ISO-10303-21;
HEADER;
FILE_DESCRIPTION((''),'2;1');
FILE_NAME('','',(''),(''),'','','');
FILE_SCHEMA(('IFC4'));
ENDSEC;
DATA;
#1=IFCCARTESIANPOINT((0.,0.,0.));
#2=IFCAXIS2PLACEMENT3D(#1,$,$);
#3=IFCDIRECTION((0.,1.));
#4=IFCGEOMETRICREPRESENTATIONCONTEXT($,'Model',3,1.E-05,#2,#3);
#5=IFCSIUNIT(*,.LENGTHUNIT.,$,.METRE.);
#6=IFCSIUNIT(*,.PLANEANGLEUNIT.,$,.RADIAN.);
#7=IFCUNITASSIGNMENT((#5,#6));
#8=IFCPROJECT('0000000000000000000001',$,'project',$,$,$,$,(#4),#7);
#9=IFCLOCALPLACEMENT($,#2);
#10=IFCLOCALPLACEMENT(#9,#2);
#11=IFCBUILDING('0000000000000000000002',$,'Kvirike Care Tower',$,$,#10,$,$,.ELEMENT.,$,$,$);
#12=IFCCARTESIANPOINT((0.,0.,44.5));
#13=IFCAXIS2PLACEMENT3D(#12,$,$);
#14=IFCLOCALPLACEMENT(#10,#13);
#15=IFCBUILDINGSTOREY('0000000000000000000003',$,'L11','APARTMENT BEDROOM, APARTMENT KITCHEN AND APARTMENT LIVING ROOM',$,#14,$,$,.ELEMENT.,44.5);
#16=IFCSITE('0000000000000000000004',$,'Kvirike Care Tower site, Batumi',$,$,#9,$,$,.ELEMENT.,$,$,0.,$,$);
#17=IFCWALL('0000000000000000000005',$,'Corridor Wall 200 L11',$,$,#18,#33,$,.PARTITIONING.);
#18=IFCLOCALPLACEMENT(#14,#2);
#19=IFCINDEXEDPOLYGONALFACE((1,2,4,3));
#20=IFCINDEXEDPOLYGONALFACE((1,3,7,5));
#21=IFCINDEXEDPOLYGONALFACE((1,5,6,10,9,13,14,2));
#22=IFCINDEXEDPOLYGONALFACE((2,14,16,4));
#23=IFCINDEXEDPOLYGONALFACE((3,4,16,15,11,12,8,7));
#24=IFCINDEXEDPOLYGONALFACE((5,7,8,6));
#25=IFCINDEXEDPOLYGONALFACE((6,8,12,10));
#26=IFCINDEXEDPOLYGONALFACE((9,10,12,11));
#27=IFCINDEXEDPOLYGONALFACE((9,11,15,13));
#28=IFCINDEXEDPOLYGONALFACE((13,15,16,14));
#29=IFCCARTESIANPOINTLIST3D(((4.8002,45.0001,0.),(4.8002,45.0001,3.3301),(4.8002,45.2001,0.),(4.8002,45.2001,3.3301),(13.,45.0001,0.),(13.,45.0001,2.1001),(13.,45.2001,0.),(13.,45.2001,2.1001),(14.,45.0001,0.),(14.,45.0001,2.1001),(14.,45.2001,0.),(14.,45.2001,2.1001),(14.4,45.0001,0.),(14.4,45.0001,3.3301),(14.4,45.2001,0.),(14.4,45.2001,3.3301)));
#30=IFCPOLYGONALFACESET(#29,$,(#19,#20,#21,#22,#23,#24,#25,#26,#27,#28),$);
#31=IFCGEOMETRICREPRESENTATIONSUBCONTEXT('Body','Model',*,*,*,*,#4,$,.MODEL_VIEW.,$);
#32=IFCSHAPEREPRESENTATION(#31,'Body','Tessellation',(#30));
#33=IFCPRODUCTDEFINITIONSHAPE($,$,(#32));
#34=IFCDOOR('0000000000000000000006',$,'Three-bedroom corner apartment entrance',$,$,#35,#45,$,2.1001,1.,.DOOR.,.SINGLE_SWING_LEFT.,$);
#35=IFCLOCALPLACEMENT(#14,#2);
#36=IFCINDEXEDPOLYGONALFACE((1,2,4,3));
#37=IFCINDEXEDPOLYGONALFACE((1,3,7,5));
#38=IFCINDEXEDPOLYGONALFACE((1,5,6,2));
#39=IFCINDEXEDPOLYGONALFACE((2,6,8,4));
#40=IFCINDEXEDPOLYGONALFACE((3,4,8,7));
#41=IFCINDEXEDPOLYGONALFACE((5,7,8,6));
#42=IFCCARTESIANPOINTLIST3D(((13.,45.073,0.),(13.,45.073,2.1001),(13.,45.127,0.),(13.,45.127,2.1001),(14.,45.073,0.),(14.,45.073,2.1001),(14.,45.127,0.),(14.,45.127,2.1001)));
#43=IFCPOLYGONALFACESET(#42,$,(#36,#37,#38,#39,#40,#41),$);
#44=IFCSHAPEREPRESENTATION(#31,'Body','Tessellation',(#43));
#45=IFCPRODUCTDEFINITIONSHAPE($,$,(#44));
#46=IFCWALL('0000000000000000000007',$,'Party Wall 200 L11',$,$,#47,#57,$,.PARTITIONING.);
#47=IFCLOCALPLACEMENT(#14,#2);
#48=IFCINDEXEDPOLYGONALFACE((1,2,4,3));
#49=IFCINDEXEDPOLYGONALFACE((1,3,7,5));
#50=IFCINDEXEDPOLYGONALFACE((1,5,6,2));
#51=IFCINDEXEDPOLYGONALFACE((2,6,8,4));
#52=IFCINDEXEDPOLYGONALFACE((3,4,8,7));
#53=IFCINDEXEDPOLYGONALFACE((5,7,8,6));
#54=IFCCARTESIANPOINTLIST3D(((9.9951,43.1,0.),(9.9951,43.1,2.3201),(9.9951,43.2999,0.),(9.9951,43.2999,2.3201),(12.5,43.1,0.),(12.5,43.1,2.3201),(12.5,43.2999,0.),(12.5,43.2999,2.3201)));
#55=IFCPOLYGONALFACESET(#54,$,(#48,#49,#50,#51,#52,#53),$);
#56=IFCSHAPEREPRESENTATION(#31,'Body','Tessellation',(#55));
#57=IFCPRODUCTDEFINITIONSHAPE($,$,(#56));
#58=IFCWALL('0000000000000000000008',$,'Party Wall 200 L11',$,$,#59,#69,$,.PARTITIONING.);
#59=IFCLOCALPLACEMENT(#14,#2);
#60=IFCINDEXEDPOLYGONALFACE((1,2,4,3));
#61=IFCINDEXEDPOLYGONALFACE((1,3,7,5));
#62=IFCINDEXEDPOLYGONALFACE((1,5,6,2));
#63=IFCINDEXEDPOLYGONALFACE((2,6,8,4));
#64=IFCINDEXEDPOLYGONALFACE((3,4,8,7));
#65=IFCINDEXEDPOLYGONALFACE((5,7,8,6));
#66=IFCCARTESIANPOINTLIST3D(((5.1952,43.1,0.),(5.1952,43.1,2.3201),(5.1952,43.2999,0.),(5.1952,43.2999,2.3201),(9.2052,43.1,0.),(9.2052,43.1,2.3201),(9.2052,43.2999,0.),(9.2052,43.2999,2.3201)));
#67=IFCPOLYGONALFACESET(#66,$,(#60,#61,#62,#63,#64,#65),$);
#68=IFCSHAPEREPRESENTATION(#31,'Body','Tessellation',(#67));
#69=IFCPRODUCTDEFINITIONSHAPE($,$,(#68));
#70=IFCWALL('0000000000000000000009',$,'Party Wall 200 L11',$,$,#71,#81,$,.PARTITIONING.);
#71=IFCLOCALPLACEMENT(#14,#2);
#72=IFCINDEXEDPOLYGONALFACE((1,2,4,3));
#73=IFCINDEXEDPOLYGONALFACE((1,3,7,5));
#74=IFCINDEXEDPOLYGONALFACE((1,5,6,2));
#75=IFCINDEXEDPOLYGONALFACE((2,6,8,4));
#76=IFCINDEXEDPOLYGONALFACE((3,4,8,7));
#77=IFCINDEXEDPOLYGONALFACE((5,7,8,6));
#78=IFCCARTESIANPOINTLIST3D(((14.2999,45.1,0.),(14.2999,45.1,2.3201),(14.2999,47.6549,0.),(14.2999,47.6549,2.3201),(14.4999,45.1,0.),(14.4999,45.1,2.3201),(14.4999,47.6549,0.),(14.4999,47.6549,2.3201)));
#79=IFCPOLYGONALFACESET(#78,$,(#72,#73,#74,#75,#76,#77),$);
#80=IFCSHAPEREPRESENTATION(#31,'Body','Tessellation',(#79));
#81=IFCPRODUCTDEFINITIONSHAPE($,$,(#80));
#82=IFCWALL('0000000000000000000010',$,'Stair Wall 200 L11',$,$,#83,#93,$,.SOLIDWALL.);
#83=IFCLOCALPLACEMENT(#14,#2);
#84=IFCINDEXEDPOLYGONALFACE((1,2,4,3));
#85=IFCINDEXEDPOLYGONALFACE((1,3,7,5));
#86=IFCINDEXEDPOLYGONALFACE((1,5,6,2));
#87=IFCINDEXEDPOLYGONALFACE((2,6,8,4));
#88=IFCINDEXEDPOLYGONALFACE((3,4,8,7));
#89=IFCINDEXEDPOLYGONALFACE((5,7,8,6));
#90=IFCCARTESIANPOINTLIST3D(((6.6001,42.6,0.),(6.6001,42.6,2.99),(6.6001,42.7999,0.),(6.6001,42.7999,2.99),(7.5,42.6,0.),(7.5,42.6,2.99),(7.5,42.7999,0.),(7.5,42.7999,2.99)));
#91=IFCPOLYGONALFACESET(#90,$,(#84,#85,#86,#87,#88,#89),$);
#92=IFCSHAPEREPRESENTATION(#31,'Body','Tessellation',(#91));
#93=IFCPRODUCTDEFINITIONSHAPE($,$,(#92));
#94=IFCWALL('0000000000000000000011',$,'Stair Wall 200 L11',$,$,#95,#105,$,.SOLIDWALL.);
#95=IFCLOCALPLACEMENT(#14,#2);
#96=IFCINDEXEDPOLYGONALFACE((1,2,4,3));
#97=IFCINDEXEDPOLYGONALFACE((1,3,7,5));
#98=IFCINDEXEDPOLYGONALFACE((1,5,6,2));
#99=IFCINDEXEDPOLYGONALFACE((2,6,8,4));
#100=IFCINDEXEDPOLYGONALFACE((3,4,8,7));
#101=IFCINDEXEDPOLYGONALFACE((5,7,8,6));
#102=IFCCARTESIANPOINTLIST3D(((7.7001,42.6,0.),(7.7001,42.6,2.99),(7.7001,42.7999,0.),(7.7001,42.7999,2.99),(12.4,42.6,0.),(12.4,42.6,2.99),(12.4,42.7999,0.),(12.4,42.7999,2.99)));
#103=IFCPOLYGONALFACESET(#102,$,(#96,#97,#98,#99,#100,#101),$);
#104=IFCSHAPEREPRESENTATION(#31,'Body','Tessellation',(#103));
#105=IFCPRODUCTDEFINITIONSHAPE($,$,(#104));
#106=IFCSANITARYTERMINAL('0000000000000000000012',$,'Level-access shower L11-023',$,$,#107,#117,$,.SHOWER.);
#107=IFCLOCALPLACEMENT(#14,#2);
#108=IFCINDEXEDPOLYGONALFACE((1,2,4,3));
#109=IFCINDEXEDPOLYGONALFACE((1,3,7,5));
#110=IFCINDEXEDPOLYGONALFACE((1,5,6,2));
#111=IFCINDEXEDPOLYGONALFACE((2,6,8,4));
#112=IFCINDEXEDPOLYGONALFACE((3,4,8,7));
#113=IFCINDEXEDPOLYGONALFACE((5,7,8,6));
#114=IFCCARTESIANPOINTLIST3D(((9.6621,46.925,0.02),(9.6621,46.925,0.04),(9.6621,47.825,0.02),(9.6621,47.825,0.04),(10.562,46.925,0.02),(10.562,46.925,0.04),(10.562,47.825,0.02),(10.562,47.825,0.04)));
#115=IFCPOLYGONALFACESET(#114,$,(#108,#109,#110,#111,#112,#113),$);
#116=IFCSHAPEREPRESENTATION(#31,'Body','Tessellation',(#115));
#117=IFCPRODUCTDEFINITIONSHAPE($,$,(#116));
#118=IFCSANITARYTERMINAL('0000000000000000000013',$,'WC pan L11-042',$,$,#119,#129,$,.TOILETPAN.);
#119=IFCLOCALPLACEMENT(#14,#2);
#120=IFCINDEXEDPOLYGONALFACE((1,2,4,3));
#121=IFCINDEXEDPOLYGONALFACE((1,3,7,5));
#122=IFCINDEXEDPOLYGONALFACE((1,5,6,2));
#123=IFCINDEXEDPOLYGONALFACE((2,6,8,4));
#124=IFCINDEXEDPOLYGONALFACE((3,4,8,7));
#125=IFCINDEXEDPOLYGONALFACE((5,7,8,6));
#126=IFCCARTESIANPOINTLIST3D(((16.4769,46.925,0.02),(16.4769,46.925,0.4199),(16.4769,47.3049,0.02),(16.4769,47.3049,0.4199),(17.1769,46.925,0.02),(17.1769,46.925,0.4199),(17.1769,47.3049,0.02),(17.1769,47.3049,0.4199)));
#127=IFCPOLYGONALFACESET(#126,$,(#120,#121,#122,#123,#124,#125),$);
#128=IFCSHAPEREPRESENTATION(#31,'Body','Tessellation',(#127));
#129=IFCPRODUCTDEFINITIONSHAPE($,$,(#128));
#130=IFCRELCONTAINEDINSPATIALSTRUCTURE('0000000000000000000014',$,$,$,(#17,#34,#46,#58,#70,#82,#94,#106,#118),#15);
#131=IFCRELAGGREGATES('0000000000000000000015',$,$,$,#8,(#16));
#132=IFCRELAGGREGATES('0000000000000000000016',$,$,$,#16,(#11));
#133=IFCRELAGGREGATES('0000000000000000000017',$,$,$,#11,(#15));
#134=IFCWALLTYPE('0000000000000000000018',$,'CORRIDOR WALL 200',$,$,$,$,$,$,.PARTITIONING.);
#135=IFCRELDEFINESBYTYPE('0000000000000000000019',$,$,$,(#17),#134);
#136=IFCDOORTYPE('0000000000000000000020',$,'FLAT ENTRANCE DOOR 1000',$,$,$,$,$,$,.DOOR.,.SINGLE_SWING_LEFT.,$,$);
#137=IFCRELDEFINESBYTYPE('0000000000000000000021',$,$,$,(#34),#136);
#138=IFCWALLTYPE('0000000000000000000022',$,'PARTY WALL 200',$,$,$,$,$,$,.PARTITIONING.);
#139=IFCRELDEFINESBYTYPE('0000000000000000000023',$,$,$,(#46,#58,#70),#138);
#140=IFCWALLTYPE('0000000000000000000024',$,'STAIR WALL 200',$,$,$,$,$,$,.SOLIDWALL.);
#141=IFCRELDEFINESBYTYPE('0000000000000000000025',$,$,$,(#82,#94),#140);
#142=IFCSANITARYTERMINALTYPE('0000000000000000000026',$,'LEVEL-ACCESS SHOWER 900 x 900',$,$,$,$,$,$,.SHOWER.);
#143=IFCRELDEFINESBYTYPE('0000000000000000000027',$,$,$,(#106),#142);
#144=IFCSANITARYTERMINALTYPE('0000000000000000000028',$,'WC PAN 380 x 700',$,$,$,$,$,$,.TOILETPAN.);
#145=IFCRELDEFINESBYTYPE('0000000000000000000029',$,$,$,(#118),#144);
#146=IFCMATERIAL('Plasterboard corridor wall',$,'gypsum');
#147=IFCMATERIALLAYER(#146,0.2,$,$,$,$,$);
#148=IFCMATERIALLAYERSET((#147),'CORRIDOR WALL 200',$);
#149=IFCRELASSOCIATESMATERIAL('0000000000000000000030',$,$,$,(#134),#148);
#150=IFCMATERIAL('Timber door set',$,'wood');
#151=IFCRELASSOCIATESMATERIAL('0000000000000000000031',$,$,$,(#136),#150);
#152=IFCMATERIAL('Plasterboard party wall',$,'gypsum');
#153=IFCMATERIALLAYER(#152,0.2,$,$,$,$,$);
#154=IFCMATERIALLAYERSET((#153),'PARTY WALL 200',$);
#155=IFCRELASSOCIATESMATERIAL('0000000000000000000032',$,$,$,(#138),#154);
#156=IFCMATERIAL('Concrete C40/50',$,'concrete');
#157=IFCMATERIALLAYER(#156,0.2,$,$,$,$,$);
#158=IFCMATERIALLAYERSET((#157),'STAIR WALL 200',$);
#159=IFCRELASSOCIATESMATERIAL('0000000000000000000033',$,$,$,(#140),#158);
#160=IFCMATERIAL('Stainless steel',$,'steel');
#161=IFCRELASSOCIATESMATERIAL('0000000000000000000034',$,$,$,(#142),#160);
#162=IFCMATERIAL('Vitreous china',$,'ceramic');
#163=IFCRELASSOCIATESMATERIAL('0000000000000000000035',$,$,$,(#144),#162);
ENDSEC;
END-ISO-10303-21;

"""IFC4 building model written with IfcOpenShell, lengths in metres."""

from ifc_helpers import new_model, si_unit, direction, frame, frame_2d, origin, origin_2d, place, context, subcontext, project, spatial, rectangle, extrude, material, layer, layer_set, type_object, element, fill, save


model = new_model("IFC4")

# Units and contexts
model_context = context("Model", 3, precision=1e-05, world=origin(), true_north=direction((0.0, 1.0)))
body_context = subcontext(model_context, "Body", "Model", "MODEL_VIEW")
ifc_project = project(units=[si_unit("LENGTHUNIT", "METRE"), si_unit("PLANEANGLEUNIT", "RADIAN")], contexts=[model_context])

# Site, building, storey
site_placement = place(None, origin())
site = spatial("IfcSite", under=ifc_project, at=site_placement, Name="Kvirike Care Tower site, Batumi", CompositionType="ELEMENT", RefElevation=0.0)
building_placement = place(site_placement, origin())
building = spatial("IfcBuilding", under=site, at=building_placement, Name="Kvirike Care Tower", CompositionType="ELEMENT")
storey_placement = place(building_placement, frame((0.0, 0.0, 44.5)))
storey = spatial("IfcBuildingStorey", under=building, at=storey_placement, Name="L11", Description="APARTMENT BEDROOM, APARTMENT KITCHEN AND APARTMENT LIVING ROOM", CompositionType="ELEMENT", Elevation=44.5)

# Shared definitions
ifc_material_1 = material(Name="Plasterboard corridor wall", Category="gypsum")
ifc_layer_1 = layer(ifc_material_1, 0.2)
ifc_layer_set_1 = layer_set([ifc_layer_1], Name="CORRIDOR WALL 200")
wall_type_1 = type_object("IfcWallType", Name="CORRIDOR WALL 200", PredefinedType="PARTITIONING", material=ifc_layer_set_1)
ifc_material_2 = material(Name="Timber door set", Category="wood")
door_type_1 = type_object("IfcDoorType", Name="FLAT ENTRANCE DOOR 1000", OperationType="SINGLE_SWING_LEFT", PredefinedType="DOOR", material=ifc_material_2)

# Wall, opening, door
wall_1_placement = place(storey_placement, frame((14.3999, 45.1001, 0.0), z_axis=(0.0, 0.0, 1.0), x_axis=(-1.0, 0.0, 0.0)))
wall_1 = element("IfcWall", 1, at=wall_1_placement, inside=storey, type_object=wall_type_1, Name="Corridor Wall 200 L11", PredefinedType="PARTITIONING", context=body_context, shape_type="SweptSolid", body=[
    extrude(rectangle(XDim=9.5999, YDim=0.2, at=frame_2d((4.7998, 0.0))), origin(), (0.0, 0.0, 1.0), 3.3301),
])
opening_1_placement = place(wall_1_placement, frame((0.3999, 0.0, 0.0)))
opening_1 = element("IfcOpeningElement", 2, at=opening_1_placement, cuts=wall_1, PredefinedType="OPENING", context=body_context, shape_type="SweptSolid", body=[
    extrude(rectangle(XDim=1.0, YDim=2.1001, at=frame_2d((0.5, 1.05))), frame((0.0, 0.1106, 0.0), z_axis=(0.0, -1.0, 0.0), x_axis=(1.0, 0.0, 0.0)), (0.0, 0.0, 1.0), 0.2209),
])
door_1_placement = place(opening_1_placement, frame((1.0, 0.0, 0.0), z_axis=(0.0, 0.0, 1.0), x_axis=(-1.0, 0.0, 0.0)))
door_1 = element("IfcDoor", 3, at=door_1_placement, inside=storey, type_object=door_type_1, Name="Three-bedroom corner apartment entrance", OperationType="SINGLE_SWING_LEFT", OverallHeight=2.1001, OverallWidth=1.0, PredefinedType="DOOR", context=body_context, shape_type="SweptSolid", body=[
    extrude(rectangle(XDim=1.0, YDim=2.1001, at=frame_2d((0.5, 1.05))), frame((0.0, 0.0269, 0.0), z_axis=(0.0, -1.0, 0.0), x_axis=(1.0, 0.0, 0.0)), (0.0, 0.0, 1.0), 0.054),
])
fill(opening_1, door_1)

# Walls
ifc_material_3 = material(Name="Plasterboard party wall", Category="gypsum")
ifc_layer_2 = layer(ifc_material_3, 0.2)
ifc_layer_set_2 = layer_set([ifc_layer_2], Name="PARTY WALL 200")
wall_type_2 = type_object("IfcWallType", Name="PARTY WALL 200", PredefinedType="PARTITIONING", material=ifc_layer_set_2)
wall_2_placement = place(storey_placement, frame((12.5, 43.2, 0.0), z_axis=(0.0, 0.0, 1.0), x_axis=(-1.0, 0.0, 0.0)))
element("IfcWall", 4, at=wall_2_placement, inside=storey, type_object=wall_type_2, Name="Party Wall 200 L11", PredefinedType="PARTITIONING", context=body_context, shape_type="SweptSolid", body=[
    extrude(rectangle(XDim=2.5049, YDim=0.2, at=frame_2d((1.2524, 0.0))), origin(), (0.0, 0.0, 1.0), 2.3201),
])
wall_3_placement = place(storey_placement, frame((9.2051, 43.2, 0.0), z_axis=(0.0, 0.0, 1.0), x_axis=(-1.0, 0.0, 0.0)))
element("IfcWall", 5, at=wall_3_placement, inside=storey, type_object=wall_type_2, Name="Party Wall 200 L11", PredefinedType="PARTITIONING", context=body_context, shape_type="SweptSolid", body=[
    extrude(rectangle(XDim=4.01, YDim=0.2, at=frame_2d((2.0049, 0.0))), origin(), (0.0, 0.0, 1.0), 2.3201),
])
wall_4_placement = place(storey_placement, frame((14.3999, 45.1001, 0.0), z_axis=(0.0, 0.0, 1.0), x_axis=(0.0, 1.0, 0.0)))
element("IfcWall", 6, at=wall_4_placement, inside=storey, type_object=wall_type_2, Name="Party Wall 200 L11", PredefinedType="PARTITIONING", context=body_context, shape_type="SweptSolid", body=[
    extrude(rectangle(XDim=2.5549, YDim=0.2, at=frame_2d((1.2773, 0.0))), origin(), (0.0, 0.0, 1.0), 2.3201),
])
ifc_material_4 = material(Name="Concrete C40/50", Category="concrete")
ifc_layer_3 = layer(ifc_material_4, 0.2)
ifc_layer_set_3 = layer_set([ifc_layer_3], Name="STAIR WALL 200")
wall_type_3 = type_object("IfcWallType", Name="STAIR WALL 200", PredefinedType="SOLIDWALL", material=ifc_layer_set_3)
wall_5_placement = place(storey_placement, frame((6.6001, 42.7, 0.0), z_axis=(0.0, 0.0, 1.0), x_axis=(1.0, 0.0, 0.0)))
element("IfcWall", 7, at=wall_5_placement, inside=storey, type_object=wall_type_3, Name="Stair Wall 200 L11", PredefinedType="SOLIDWALL", context=body_context, shape_type="SweptSolid", body=[
    extrude(rectangle(XDim=0.8999, YDim=0.2, at=frame_2d((0.45, 0.0))), origin(), (0.0, 0.0, 1.0), 2.99),
])
wall_6_placement = place(storey_placement, frame((7.7, 42.7, 0.0), z_axis=(0.0, 0.0, 1.0), x_axis=(1.0, 0.0, 0.0)))
element("IfcWall", 8, at=wall_6_placement, inside=storey, type_object=wall_type_3, Name="Stair Wall 200 L11", PredefinedType="SOLIDWALL", context=body_context, shape_type="SweptSolid", body=[
    extrude(rectangle(XDim=4.7, YDim=0.2, at=frame_2d((2.3501, 0.0))), origin(), (0.0, 0.0, 1.0), 2.99),
])

# Sanitary terminals
ifc_material_5 = material(Name="Stainless steel", Category="steel")
sanitary_terminal_type_1 = type_object("IfcSanitaryTerminalType", Name="LEVEL-ACCESS SHOWER 900 x 900", PredefinedType="SHOWER", material=ifc_material_5)
sanitary_terminal_1_placement = place(storey_placement, frame((10.1121, 47.375, 0.02), z_axis=(0.0, 0.0, 1.0), x_axis=(0.0, 1.0, 0.0)))
element("IfcSanitaryTerminal", 9, at=sanitary_terminal_1_placement, inside=storey, type_object=sanitary_terminal_type_1, Name="Level-access shower L11-023", PredefinedType="SHOWER", context=body_context, shape_type="SweptSolid", body=[
    extrude(rectangle(XDim=0.8999, YDim=0.8999, at=origin_2d()), origin(), (0.0, 0.0, 1.0), 0.02),
])
ifc_material_6 = material(Name="Vitreous china", Category="ceramic")
sanitary_terminal_type_2 = type_object("IfcSanitaryTerminalType", Name="WC PAN 380 x 700", PredefinedType="TOILETPAN", material=ifc_material_6)
sanitary_terminal_2_placement = place(storey_placement, frame((16.8269, 47.115, 0.02), z_axis=(0.0, 0.0, 1.0), x_axis=(0.0, 1.0, 0.0)))
element("IfcSanitaryTerminal", 10, at=sanitary_terminal_2_placement, inside=storey, type_object=sanitary_terminal_type_2, Name="WC pan L11-042", PredefinedType="TOILETPAN", context=body_context, shape_type="SweptSolid", body=[
    extrude(rectangle(XDim=0.3799, YDim=0.7, at=origin_2d()), origin(), (0.0, 0.0, 1.0), 0.3999),
])

save(model, "model.ifc")
